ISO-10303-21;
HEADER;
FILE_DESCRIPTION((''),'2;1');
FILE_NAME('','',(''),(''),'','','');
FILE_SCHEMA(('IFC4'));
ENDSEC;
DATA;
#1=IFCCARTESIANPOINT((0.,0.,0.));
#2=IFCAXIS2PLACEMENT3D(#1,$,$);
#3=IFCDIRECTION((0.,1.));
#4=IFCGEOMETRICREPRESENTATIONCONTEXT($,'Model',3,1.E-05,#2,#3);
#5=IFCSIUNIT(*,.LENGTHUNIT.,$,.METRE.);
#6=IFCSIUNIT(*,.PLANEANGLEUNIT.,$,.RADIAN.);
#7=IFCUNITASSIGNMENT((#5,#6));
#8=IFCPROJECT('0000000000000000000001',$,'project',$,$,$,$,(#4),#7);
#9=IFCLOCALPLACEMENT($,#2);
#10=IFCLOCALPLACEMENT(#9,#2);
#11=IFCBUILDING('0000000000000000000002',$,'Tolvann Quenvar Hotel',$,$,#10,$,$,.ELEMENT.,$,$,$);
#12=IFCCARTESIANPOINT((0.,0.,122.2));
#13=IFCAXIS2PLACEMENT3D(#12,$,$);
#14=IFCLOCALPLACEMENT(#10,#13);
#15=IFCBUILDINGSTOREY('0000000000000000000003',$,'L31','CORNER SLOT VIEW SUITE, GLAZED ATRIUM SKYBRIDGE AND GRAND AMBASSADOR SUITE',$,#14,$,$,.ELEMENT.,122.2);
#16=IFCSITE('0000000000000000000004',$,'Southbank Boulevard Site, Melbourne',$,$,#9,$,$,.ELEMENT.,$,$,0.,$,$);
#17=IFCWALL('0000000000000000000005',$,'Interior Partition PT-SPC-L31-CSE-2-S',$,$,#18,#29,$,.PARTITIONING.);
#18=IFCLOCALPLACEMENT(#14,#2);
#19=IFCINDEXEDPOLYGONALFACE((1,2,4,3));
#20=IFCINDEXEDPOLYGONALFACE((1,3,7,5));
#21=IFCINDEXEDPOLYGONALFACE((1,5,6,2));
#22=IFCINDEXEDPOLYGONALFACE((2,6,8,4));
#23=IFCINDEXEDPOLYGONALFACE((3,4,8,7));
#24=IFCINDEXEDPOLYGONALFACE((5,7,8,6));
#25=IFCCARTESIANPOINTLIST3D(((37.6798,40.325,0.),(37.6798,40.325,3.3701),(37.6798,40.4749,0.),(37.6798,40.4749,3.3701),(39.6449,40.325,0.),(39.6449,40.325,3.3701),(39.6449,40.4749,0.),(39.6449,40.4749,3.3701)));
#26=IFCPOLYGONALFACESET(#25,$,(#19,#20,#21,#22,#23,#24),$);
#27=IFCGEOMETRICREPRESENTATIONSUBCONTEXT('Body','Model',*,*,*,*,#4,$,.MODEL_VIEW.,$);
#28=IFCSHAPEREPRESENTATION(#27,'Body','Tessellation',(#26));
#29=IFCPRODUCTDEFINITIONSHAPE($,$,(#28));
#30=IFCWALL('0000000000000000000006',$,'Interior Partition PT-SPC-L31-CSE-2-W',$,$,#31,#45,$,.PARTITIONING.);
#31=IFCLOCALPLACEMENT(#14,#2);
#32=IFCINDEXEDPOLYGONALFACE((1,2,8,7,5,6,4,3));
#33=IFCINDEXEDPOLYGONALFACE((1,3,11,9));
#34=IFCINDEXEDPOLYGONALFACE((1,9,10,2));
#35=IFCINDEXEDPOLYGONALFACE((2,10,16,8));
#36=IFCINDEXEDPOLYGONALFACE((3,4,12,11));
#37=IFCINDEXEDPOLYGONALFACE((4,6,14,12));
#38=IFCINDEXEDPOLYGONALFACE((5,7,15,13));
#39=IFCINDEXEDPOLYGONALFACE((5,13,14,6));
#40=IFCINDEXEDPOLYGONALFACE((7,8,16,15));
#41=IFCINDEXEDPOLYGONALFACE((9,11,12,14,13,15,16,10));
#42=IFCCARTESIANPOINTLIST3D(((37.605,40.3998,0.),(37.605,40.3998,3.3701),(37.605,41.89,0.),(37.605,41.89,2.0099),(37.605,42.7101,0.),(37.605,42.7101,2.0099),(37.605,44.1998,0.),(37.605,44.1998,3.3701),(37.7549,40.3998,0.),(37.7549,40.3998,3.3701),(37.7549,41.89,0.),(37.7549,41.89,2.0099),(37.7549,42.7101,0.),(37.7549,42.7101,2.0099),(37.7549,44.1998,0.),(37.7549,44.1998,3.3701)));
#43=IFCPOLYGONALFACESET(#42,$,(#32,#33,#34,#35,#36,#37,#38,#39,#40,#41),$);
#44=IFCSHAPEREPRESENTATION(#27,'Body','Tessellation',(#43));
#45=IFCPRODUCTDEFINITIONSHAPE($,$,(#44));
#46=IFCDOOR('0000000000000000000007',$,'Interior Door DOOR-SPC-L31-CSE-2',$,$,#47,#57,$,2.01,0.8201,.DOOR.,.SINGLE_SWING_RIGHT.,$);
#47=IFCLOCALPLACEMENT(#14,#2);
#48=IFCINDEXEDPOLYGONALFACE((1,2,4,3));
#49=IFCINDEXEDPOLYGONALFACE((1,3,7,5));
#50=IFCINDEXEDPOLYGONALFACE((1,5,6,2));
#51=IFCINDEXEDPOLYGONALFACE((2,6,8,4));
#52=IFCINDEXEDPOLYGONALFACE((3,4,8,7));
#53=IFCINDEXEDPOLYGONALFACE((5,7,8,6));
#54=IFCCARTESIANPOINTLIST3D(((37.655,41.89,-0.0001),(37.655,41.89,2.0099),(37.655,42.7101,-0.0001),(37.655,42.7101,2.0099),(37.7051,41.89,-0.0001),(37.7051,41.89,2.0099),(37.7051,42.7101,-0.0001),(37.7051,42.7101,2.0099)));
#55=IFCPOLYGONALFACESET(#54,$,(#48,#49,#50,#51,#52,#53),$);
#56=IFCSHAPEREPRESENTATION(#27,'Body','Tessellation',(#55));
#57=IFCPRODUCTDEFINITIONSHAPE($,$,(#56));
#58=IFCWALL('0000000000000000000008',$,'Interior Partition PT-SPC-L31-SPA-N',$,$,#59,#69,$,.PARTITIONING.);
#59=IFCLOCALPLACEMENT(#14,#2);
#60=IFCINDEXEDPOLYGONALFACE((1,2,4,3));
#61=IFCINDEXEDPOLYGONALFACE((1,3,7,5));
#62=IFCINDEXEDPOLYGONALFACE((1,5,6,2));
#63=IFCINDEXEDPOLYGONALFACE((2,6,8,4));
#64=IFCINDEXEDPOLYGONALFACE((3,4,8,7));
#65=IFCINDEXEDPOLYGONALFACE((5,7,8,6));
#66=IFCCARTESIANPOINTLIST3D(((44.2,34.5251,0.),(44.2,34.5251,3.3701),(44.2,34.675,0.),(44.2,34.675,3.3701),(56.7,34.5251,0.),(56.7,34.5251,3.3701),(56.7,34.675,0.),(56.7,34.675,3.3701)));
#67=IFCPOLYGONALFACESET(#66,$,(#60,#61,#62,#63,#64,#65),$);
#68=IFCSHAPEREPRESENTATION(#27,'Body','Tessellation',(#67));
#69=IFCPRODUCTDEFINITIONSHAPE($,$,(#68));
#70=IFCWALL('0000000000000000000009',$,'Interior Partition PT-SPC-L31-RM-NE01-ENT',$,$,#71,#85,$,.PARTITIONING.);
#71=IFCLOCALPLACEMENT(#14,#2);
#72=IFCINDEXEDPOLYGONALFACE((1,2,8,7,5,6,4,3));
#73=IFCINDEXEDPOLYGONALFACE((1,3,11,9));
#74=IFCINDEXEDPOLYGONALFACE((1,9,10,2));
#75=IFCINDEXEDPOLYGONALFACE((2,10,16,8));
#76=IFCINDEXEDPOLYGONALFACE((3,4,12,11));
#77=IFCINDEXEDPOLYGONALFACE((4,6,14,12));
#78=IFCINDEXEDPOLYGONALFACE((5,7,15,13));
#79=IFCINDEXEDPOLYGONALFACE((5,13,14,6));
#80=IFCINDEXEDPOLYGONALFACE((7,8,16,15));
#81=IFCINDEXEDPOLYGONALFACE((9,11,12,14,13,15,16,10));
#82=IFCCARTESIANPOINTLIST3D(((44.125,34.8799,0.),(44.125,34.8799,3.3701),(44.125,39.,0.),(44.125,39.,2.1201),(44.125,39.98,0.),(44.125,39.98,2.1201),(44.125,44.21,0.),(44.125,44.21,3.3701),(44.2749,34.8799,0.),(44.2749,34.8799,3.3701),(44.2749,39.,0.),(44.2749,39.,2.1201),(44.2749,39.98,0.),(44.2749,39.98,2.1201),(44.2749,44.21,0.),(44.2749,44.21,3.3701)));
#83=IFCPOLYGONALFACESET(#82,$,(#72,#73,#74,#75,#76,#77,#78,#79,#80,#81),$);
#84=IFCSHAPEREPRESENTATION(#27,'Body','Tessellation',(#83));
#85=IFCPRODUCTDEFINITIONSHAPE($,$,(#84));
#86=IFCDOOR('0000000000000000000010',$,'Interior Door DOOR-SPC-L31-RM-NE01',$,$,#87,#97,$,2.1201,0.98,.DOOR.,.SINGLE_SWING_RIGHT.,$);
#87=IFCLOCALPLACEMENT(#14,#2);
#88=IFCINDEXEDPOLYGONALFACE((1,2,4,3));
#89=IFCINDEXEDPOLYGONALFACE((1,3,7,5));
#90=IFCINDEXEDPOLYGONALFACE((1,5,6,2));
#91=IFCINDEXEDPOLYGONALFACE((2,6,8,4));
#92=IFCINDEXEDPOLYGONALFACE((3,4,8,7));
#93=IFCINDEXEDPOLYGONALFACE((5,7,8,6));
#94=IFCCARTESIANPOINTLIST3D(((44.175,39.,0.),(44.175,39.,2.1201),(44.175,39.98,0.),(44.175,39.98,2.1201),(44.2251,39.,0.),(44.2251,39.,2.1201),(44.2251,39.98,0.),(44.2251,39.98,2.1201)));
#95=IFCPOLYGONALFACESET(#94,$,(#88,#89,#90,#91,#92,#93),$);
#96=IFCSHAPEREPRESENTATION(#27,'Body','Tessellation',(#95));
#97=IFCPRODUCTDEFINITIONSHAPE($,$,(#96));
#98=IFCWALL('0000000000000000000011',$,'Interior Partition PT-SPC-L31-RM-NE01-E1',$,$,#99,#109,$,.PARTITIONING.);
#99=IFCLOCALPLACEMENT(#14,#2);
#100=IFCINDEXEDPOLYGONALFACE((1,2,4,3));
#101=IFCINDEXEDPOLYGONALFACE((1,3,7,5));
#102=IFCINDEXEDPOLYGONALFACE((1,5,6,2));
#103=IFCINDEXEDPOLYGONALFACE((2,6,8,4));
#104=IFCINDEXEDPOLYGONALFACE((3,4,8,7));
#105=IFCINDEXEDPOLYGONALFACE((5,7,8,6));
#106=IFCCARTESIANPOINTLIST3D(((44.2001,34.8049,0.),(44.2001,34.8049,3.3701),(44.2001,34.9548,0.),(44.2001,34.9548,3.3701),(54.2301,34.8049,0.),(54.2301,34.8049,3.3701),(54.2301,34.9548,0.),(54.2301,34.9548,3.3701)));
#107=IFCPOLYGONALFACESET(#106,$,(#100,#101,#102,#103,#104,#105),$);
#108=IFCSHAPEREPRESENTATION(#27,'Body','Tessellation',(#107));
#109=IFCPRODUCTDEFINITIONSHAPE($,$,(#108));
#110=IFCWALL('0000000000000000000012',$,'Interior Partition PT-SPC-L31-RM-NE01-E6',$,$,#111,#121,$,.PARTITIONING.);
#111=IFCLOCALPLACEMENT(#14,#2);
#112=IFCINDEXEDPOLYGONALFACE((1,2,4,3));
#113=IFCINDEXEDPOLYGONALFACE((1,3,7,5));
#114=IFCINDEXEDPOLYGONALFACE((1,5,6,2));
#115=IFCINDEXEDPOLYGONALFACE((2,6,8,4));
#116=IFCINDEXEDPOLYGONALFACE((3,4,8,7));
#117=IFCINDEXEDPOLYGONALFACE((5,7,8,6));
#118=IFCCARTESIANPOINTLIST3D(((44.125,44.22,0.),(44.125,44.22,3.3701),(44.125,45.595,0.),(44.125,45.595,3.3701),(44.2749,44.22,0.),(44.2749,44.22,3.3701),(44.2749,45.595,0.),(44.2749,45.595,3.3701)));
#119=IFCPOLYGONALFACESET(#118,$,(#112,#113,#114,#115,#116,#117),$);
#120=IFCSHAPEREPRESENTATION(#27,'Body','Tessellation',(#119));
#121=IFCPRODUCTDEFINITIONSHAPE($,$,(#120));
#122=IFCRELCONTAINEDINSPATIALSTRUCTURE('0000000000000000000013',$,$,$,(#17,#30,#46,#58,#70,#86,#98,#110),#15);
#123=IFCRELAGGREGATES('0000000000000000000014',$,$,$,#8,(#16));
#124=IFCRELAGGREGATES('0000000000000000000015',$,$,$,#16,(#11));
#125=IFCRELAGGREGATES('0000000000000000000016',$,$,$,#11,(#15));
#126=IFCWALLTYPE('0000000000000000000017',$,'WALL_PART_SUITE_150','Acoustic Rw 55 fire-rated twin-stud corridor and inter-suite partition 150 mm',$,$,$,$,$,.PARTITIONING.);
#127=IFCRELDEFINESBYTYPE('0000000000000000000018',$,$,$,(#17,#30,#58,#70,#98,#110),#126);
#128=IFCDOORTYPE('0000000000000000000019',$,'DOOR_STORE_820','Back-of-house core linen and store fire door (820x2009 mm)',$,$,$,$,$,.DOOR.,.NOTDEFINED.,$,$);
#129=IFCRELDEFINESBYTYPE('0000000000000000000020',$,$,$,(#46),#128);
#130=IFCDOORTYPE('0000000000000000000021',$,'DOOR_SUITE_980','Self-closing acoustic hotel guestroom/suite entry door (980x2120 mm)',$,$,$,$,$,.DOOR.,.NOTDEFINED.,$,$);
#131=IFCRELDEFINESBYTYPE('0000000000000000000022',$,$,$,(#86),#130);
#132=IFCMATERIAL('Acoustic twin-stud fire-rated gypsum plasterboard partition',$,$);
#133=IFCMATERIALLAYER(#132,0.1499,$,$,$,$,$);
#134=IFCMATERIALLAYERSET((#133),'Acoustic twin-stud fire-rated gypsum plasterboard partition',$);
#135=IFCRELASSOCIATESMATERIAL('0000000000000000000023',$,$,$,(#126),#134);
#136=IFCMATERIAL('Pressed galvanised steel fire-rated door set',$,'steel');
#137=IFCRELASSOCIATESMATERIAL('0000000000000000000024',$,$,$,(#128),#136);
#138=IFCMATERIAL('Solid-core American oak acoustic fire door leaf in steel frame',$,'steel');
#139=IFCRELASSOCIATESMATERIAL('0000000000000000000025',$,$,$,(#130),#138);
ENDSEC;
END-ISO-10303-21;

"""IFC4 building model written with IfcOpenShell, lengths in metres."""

from ifc_helpers import new_model, si_unit, direction, frame, frame_2d, origin, place, context, subcontext, project, spatial, rectangle, extrude, source, transform, mapped, material, layer, layer_set, type_object, type_shapes, element, fill, save


model = new_model("IFC4")

# Units and contexts
model_context = context("Model", 3, precision=1e-05, world=origin(), true_north=direction((0.0, 1.0)))
body_context = subcontext(model_context, "Body", "Model", "MODEL_VIEW")
ifc_project = project(units=[si_unit("LENGTHUNIT", "METRE"), si_unit("PLANEANGLEUNIT", "RADIAN")], contexts=[model_context])

# Site, building, storey
site_placement = place(None, origin())
site = spatial("IfcSite", under=ifc_project, at=site_placement, Name="Southbank Boulevard Site, Melbourne", CompositionType="ELEMENT", RefElevation=0.0)
building_placement = place(site_placement, origin())
building = spatial("IfcBuilding", under=site, at=building_placement, Name="Tolvann Quenvar Hotel", CompositionType="ELEMENT")
storey_placement = place(building_placement, frame((0.0, 0.0, 122.2)))
storey = spatial("IfcBuildingStorey", under=building, at=storey_placement, Name="L31", Description="CORNER SLOT VIEW SUITE, GLAZED ATRIUM SKYBRIDGE AND GRAND AMBASSADOR SUITE", CompositionType="ELEMENT", Elevation=122.2)

# Shared definitions
ifc_material_1 = material(Name="Acoustic twin-stud fire-rated gypsum plasterboard partition")
ifc_layer_1 = layer(ifc_material_1, 0.1499)
ifc_layer_set_1 = layer_set([ifc_layer_1], Name="Acoustic twin-stud fire-rated gypsum plasterboard partition")
wall_type_1 = type_object("IfcWallType", Name="WALL_PART_SUITE_150", Description="Acoustic Rw 55 fire-rated twin-stud corridor and inter-suite partition 150 mm", PredefinedType="PARTITIONING", material=ifc_layer_set_1)

# Shared definitions
ifc_material_2 = material(Name="Pressed galvanised steel fire-rated door set", Category="steel")
door_type_1 = type_object("IfcDoorType", Name="DOOR_STORE_820", Description="Back-of-house core linen and store fire door (820x2009 mm)", OperationType="NOTDEFINED", PredefinedType="DOOR", material=ifc_material_2)
shared_shape_1 = source(origin(), body_context, "Body", "SweptSolid", [
    extrude(rectangle(XDim=0.8201, YDim=2.01, at=frame_2d((0.4102, 1.0049))), frame((0.0, 0.0249, 0.0), z_axis=(0.0, -1.0, 0.0), x_axis=(1.0, 0.0, 0.0)), (0.0, 0.0, 1.0), 0.05),
])
type_shapes(door_type_1, [shared_shape_1])

# Wall
wall_1_placement = place(storey_placement, frame((37.6799, 40.3999, 0.0), z_axis=(0.0, 0.0, 1.0), x_axis=(1.0, 0.0, 0.0)))
element("IfcWall", 1, at=wall_1_placement, inside=storey, type_object=wall_type_1, Name="Interior Partition PT-SPC-L31-CSE-2-S", PredefinedType="PARTITIONING", context=body_context, shape_type="SweptSolid", body=[
    extrude(rectangle(XDim=1.9651, YDim=0.1499, at=frame_2d((0.9824, 0.0))), origin(), (0.0, 0.0, 1.0), 3.3701),
])

# Wall, opening, door
wall_2_placement = place(storey_placement, frame((37.6799, 40.3999, 0.0), z_axis=(0.0, 0.0, 1.0), x_axis=(0.0, 1.0, 0.0)))
wall_2 = element("IfcWall", 2, at=wall_2_placement, inside=storey, type_object=wall_type_1, Name="Interior Partition PT-SPC-L31-CSE-2-W", PredefinedType="PARTITIONING", context=body_context, shape_type="SweptSolid", body=[
    extrude(rectangle(XDim=3.8, YDim=0.1499, at=frame_2d((1.8999, 0.0))), origin(), (0.0, 0.0, 1.0), 3.3701),
])
opening_1_placement = place(wall_2_placement, frame((1.49, 0.0, 0.0)))
opening_1 = element("IfcOpeningElement", 3, at=opening_1_placement, cuts=wall_2, PredefinedType="OPENING", context=body_context, shape_type="SweptSolid", body=[
    extrude(rectangle(XDim=0.8201, YDim=2.01, at=frame_2d((0.4102, 1.0049))), frame((0.0, 0.085, 0.0), z_axis=(0.0, -1.0, 0.0), x_axis=(1.0, 0.0, 0.0)), (0.0, 0.0, 1.0), 0.1699),
])
door_1_placement = place(opening_1_placement, origin())
door_1 = element("IfcDoor", 4, at=door_1_placement, inside=storey, type_object=door_type_1, Name="Interior Door DOOR-SPC-L31-CSE-2", OperationType="SINGLE_SWING_RIGHT", OverallHeight=2.01, OverallWidth=0.8201, PredefinedType="DOOR", context=body_context, shape_type="MappedRepresentation", body=[
    mapped(shared_shape_1, transform((0.0, 0.0, 0.0), x_axis=(1.0, 0.0, 0.0), y_axis=(0.0, 1.0, 0.0), z_axis=(0.0, 0.0, 1.0), scale=1.0)),
])
fill(opening_1, door_1)

# Wall
wall_3_placement = place(storey_placement, frame((44.2, 34.6001, 0.0), z_axis=(0.0, 0.0, 1.0), x_axis=(1.0, 0.0, 0.0)))
element("IfcWall", 5, at=wall_3_placement, inside=storey, type_object=wall_type_1, Name="Interior Partition PT-SPC-L31-SPA-N", PredefinedType="PARTITIONING", context=body_context, shape_type="SweptSolid", body=[
    extrude(rectangle(XDim=12.5, YDim=0.1499, at=frame_2d((6.25, 0.0))), origin(), (0.0, 0.0, 1.0), 3.3701),
])

# Wall, opening, door
wall_4_placement = place(storey_placement, frame((44.2, 34.8799, 0.0), z_axis=(0.0, 0.0, 1.0), x_axis=(0.0, 1.0, 0.0)))
wall_4 = element("IfcWall", 6, at=wall_4_placement, inside=storey, type_object=wall_type_1, Name="Interior Partition PT-SPC-L31-RM-NE01-ENT", PredefinedType="PARTITIONING", context=body_context, shape_type="SweptSolid", body=[
    extrude(rectangle(XDim=9.3301, YDim=0.1499, at=frame_2d((4.665, 0.0))), origin(), (0.0, 0.0, 1.0), 3.3701),
])
opening_2_placement = place(wall_4_placement, frame((4.1201, 0.0, 0.0)))
opening_2 = element("IfcOpeningElement", 7, at=opening_2_placement, cuts=wall_4, PredefinedType="OPENING", context=body_context, shape_type="SweptSolid", body=[
    extrude(rectangle(XDim=0.98, YDim=2.1201, at=frame_2d((0.49, 1.0601))), frame((0.0, 0.085, 0.0), z_axis=(0.0, -1.0, 0.0), x_axis=(1.0, 0.0, 0.0)), (0.0, 0.0, 1.0), 0.1699),
])
ifc_material_3 = material(Name="Solid-core American oak acoustic fire door leaf in steel frame", Category="steel")
door_type_2 = type_object("IfcDoorType", Name="DOOR_SUITE_980", Description="Self-closing acoustic hotel guestroom/suite entry door (980x2120 mm)", OperationType="NOTDEFINED", PredefinedType="DOOR", material=ifc_material_3)
shared_shape_2 = source(origin(), body_context, "Body", "SweptSolid", [
    extrude(rectangle(XDim=0.98, YDim=2.1201, at=frame_2d((0.49, 1.0601))), frame((0.0, 0.0249, 0.0), z_axis=(0.0, -1.0, 0.0), x_axis=(1.0, 0.0, 0.0)), (0.0, 0.0, 1.0), 0.05),
])
type_shapes(door_type_2, [shared_shape_2])
door_2_placement = place(opening_2_placement, origin())
door_2 = element("IfcDoor", 8, at=door_2_placement, inside=storey, type_object=door_type_2, Name="Interior Door DOOR-SPC-L31-RM-NE01", OperationType="SINGLE_SWING_RIGHT", OverallHeight=2.1201, OverallWidth=0.98, PredefinedType="DOOR", context=body_context, shape_type="MappedRepresentation", body=[
    mapped(shared_shape_2, transform((0.0, 0.0, 0.0), x_axis=(1.0, 0.0, 0.0), y_axis=(0.0, 1.0, 0.0), z_axis=(0.0, 0.0, 1.0), scale=1.0)),
])
fill(opening_2, door_2)

# Walls
wall_5_placement = place(storey_placement, frame((44.2, 34.8799, 0.0), z_axis=(0.0, 0.0, 1.0), x_axis=(1.0, 0.0, 0.0)))
element("IfcWall", 9, at=wall_5_placement, inside=storey, type_object=wall_type_1, Name="Interior Partition PT-SPC-L31-RM-NE01-E1", PredefinedType="PARTITIONING", context=body_context, shape_type="SweptSolid", body=[
    extrude(rectangle(XDim=10.03, YDim=0.1499, at=frame_2d((5.0151, 0.0))), origin(), (0.0, 0.0, 1.0), 3.3701),
])
wall_6_placement = place(storey_placement, frame((44.2, 44.22, 0.0), z_axis=(0.0, 0.0, 1.0), x_axis=(0.0, 1.0, 0.0)))
element("IfcWall", 10, at=wall_6_placement, inside=storey, type_object=wall_type_1, Name="Interior Partition PT-SPC-L31-RM-NE01-E6", PredefinedType="PARTITIONING", context=body_context, shape_type="SweptSolid", body=[
    extrude(rectangle(XDim=1.375, YDim=0.1499, at=frame_2d((0.6875, 0.0))), origin(), (0.0, 0.0, 1.0), 3.3701),
])

save(model, "model.ifc")
